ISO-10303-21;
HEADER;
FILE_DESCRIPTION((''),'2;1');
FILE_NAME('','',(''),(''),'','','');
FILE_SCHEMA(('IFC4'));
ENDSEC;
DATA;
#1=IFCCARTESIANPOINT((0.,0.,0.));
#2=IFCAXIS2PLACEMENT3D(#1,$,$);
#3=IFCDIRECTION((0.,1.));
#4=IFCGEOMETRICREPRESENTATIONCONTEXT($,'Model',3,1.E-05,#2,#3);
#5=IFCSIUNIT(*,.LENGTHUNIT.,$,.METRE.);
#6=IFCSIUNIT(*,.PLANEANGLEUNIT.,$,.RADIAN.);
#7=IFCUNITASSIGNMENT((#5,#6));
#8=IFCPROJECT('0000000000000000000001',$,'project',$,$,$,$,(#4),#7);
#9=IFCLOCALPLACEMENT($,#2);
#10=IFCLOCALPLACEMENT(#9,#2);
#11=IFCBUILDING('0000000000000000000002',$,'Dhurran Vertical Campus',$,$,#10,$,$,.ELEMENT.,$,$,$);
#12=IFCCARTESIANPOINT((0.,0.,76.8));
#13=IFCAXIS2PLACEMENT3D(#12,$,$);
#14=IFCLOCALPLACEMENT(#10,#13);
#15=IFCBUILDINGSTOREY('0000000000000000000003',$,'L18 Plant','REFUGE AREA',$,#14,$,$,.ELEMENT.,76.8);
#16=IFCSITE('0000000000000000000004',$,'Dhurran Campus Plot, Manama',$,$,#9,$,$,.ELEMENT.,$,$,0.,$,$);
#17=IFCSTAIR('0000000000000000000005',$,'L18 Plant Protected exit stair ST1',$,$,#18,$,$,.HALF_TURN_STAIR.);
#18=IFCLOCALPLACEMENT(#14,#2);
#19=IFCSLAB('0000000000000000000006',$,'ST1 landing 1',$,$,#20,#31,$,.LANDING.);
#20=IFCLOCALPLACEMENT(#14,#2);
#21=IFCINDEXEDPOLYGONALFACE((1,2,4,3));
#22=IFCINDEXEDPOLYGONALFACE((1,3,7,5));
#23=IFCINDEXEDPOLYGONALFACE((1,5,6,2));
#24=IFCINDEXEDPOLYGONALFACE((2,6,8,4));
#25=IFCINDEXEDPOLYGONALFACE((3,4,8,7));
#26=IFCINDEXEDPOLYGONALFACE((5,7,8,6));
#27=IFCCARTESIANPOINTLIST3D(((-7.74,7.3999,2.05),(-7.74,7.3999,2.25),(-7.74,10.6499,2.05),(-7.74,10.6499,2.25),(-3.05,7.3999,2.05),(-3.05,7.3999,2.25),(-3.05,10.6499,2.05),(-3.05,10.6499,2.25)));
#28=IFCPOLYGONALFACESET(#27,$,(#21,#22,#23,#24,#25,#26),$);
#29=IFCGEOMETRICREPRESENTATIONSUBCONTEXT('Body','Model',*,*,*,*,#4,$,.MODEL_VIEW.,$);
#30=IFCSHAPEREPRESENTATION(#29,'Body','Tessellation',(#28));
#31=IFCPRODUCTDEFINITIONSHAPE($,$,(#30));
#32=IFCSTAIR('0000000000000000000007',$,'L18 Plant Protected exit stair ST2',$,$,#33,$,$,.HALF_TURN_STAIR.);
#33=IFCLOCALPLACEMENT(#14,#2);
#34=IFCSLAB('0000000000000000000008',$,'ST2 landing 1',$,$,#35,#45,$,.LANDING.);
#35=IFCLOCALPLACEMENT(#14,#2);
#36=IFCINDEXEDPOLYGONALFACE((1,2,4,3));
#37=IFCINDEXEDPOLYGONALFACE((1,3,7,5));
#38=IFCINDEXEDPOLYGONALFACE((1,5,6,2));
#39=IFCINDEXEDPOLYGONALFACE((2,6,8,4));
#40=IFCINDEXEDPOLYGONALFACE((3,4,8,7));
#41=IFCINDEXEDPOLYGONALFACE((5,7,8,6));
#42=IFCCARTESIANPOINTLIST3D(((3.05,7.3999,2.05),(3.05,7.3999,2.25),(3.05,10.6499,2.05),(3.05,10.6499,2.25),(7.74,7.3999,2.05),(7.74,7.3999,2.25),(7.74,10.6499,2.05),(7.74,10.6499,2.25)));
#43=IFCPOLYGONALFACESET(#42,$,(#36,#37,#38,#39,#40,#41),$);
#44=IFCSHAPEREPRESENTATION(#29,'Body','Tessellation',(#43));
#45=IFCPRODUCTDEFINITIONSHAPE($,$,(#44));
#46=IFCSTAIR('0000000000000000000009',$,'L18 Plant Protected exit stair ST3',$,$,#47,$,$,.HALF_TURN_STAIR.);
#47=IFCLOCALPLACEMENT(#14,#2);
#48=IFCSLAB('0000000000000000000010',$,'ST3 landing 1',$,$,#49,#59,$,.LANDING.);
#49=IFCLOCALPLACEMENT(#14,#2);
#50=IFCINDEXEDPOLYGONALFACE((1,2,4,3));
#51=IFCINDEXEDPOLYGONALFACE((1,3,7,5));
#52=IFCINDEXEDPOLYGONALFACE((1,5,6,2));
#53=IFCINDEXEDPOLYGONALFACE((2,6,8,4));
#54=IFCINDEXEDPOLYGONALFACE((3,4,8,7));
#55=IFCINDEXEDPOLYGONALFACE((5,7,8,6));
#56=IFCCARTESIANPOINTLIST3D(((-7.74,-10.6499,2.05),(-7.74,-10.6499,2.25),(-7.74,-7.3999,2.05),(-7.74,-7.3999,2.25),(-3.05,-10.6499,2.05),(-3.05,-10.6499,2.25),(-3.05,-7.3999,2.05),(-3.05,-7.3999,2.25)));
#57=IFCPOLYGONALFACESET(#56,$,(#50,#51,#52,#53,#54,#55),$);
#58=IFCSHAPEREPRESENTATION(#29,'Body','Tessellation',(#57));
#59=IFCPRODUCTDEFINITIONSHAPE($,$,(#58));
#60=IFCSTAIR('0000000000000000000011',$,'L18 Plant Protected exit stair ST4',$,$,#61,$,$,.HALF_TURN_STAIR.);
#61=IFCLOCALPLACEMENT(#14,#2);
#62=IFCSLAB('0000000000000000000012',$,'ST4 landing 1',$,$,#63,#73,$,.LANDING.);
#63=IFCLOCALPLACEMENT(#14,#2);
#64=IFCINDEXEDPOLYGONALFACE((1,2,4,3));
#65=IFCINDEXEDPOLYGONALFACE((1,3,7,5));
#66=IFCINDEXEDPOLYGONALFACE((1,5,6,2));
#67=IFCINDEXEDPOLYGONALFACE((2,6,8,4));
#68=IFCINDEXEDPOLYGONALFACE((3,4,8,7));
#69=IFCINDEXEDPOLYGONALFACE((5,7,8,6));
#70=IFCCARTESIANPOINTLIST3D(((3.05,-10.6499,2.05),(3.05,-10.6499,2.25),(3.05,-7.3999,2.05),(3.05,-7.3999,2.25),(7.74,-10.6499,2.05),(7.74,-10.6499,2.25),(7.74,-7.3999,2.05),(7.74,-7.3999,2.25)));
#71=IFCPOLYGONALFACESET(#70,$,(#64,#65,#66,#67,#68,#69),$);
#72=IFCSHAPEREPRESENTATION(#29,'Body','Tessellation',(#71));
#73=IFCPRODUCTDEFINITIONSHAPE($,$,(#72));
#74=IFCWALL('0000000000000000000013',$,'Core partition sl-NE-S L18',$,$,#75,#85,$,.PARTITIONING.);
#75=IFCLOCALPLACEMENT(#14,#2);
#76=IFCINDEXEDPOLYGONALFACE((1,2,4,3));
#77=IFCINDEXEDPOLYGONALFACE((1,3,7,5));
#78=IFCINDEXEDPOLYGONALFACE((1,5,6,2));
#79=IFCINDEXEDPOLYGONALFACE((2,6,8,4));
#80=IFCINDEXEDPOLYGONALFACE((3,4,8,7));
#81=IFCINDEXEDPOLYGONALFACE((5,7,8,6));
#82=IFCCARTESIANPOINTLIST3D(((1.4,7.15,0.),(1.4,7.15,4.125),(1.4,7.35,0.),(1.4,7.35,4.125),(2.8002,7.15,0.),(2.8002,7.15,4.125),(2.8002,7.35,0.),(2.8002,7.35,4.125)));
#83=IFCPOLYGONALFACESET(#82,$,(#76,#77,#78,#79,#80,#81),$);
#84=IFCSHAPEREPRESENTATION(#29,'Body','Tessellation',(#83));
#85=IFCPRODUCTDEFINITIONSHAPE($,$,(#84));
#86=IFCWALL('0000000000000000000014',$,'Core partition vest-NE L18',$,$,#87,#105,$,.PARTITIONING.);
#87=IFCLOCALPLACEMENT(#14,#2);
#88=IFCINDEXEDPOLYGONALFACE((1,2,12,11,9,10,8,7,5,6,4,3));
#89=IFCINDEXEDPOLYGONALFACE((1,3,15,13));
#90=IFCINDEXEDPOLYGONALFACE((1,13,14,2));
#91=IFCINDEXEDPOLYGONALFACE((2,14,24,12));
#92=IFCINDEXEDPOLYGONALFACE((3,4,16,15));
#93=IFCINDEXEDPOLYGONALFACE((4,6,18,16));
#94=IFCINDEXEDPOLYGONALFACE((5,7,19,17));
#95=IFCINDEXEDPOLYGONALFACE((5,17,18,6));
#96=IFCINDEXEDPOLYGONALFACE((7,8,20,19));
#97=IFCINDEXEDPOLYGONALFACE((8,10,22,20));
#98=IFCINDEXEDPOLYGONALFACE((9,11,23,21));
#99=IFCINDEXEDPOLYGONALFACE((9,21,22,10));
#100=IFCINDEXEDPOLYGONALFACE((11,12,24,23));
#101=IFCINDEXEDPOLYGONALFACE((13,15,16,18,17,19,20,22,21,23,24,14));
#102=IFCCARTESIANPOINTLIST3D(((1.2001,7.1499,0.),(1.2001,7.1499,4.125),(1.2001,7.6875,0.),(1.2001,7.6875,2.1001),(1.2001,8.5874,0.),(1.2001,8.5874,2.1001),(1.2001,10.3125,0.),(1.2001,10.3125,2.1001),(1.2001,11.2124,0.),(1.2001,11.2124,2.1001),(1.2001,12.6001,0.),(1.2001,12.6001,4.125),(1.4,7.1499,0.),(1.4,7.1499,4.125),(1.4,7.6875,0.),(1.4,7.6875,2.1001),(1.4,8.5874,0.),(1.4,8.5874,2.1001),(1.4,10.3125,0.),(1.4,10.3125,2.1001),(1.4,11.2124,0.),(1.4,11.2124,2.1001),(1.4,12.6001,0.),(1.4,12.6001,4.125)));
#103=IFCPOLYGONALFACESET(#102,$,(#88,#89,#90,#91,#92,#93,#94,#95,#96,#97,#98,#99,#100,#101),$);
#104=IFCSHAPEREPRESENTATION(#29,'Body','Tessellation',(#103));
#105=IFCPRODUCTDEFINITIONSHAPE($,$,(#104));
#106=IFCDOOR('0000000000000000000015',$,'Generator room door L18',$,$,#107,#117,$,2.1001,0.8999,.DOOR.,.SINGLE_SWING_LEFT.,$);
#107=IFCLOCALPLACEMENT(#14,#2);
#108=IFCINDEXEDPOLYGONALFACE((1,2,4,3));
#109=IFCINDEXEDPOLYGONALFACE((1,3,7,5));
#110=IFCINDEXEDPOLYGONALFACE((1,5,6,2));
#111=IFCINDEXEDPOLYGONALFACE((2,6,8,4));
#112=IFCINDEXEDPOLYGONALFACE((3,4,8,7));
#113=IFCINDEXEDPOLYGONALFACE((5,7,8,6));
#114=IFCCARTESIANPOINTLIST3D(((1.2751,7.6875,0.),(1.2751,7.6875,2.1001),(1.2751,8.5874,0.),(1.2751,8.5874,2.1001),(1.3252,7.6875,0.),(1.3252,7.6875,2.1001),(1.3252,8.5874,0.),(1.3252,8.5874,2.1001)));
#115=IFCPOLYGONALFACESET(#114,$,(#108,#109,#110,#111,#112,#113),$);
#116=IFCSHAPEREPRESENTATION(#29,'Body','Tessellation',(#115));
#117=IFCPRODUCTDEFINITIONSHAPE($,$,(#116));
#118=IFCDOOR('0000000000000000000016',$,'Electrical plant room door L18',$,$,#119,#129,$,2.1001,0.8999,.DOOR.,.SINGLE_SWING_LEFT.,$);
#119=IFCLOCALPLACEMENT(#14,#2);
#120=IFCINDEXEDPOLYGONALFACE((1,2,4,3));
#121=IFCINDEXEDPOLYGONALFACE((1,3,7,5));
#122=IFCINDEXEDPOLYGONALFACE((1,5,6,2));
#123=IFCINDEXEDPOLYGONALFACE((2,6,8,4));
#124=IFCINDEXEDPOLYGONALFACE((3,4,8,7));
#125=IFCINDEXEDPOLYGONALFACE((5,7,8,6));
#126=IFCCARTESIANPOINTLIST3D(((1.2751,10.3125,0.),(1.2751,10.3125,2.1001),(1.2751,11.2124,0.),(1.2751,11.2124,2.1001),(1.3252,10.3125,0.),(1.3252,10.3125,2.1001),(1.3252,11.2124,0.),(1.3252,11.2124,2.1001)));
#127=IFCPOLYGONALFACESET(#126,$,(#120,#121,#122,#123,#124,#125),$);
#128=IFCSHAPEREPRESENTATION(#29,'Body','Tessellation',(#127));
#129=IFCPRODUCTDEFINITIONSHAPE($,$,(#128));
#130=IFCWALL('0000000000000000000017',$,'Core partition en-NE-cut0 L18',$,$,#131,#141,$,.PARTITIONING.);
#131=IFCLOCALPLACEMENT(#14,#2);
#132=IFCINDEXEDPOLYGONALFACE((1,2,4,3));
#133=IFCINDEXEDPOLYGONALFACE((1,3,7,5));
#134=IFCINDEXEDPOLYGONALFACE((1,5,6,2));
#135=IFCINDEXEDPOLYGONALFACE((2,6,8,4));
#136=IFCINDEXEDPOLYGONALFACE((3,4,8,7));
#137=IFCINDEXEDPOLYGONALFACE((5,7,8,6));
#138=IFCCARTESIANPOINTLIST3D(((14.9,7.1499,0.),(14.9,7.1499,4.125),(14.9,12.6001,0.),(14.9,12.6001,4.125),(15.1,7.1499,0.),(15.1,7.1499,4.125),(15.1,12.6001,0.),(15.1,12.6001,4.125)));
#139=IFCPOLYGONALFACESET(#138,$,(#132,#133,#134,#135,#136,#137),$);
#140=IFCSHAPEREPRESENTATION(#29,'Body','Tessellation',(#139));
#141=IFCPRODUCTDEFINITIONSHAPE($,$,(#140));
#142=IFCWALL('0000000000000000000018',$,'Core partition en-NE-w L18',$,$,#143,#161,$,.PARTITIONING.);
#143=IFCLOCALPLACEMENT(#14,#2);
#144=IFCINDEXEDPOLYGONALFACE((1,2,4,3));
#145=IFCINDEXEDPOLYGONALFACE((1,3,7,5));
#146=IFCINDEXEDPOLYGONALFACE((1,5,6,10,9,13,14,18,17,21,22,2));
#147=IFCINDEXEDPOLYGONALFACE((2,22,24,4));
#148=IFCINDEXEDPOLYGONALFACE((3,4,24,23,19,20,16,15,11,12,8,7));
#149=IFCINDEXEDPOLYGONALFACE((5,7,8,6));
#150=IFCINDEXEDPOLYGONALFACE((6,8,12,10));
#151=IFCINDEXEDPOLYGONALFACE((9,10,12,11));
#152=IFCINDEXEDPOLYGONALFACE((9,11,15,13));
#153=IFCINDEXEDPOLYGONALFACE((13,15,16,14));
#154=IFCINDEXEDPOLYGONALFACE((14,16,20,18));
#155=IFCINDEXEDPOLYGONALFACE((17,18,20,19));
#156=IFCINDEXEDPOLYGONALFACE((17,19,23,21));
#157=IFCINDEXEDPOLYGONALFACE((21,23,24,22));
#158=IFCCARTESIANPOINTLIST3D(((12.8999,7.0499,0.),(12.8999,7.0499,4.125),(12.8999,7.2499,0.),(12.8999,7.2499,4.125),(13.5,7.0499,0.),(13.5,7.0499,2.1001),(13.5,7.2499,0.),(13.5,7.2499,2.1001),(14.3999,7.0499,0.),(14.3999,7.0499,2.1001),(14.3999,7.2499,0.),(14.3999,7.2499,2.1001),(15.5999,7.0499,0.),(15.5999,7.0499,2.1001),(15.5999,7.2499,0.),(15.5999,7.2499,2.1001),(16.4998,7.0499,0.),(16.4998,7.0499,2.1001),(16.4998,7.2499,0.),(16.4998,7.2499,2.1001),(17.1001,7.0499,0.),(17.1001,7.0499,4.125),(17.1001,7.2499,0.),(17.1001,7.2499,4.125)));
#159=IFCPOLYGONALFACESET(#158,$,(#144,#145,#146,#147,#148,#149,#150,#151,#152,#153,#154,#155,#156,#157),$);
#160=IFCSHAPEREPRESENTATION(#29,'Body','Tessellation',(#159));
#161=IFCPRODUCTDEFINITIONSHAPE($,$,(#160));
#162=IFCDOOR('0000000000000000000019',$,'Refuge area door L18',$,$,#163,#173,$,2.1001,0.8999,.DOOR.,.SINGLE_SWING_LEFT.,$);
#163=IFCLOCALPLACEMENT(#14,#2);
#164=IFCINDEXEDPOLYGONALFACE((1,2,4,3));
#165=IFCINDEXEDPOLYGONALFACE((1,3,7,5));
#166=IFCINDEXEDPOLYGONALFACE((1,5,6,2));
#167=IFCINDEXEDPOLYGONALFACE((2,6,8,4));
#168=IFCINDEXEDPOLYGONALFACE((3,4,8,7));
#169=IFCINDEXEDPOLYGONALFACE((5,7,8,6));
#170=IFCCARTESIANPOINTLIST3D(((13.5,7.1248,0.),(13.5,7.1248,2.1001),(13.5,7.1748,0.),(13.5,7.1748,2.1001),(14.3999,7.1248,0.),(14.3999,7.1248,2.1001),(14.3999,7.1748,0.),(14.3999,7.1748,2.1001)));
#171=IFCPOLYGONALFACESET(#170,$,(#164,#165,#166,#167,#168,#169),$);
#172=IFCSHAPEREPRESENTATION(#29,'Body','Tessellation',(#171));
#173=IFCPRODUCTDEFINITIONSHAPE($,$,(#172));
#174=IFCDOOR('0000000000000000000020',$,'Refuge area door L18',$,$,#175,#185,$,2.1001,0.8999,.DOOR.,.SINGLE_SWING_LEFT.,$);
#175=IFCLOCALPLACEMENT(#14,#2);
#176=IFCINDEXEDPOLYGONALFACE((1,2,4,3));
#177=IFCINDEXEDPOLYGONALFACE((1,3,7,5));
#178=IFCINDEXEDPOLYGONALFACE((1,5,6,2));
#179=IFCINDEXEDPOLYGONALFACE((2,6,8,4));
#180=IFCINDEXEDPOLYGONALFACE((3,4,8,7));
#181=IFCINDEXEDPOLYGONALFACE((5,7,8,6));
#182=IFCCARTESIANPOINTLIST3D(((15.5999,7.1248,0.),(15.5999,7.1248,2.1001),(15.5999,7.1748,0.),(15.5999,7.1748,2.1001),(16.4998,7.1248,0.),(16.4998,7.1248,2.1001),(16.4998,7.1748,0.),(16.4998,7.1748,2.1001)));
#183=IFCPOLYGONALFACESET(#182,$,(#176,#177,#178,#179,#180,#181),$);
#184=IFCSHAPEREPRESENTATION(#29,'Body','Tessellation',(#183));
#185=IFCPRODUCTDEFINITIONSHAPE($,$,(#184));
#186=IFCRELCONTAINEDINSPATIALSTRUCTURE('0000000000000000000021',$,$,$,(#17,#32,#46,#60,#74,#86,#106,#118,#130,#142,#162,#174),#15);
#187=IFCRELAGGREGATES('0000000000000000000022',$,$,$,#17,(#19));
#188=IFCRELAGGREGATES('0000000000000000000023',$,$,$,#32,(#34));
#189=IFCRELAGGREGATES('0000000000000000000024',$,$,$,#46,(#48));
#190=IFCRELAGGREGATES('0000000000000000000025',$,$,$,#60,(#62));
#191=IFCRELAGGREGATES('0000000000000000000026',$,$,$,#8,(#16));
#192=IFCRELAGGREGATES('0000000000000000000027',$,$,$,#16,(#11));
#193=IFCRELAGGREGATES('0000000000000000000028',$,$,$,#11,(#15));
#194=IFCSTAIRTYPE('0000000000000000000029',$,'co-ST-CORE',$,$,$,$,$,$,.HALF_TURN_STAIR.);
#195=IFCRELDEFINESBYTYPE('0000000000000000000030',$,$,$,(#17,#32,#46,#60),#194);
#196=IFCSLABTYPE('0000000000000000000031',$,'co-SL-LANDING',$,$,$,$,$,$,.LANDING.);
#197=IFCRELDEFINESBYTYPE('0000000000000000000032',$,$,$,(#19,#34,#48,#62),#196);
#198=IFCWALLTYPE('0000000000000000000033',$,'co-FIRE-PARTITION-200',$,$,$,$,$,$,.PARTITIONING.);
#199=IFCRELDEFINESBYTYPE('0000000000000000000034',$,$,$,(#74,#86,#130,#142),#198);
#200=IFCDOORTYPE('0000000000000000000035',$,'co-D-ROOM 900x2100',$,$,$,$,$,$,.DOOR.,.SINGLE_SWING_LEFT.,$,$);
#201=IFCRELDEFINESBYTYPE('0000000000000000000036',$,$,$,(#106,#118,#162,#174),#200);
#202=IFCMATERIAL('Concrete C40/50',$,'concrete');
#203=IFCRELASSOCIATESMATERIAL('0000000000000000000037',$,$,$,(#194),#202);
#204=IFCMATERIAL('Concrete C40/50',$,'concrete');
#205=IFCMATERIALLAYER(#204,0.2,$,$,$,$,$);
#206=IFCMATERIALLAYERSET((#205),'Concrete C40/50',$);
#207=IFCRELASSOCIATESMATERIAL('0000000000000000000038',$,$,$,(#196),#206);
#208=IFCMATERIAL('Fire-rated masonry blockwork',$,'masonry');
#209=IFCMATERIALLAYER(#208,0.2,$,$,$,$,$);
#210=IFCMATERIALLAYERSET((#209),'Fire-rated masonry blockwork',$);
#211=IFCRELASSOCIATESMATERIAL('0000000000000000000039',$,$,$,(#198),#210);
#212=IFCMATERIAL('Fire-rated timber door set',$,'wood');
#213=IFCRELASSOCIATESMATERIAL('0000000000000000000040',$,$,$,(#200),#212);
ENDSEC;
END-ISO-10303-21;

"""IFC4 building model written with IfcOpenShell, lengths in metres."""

from ifc_helpers import new_model, si_unit, direction, frame, frame_2d, origin, place, context, subcontext, project, spatial, polyline, rectangle, outline, extrude, material, layer, layer_set, type_object, element, fill, aggregate, save


model = new_model("IFC4")

# Units and contexts
model_context = context("Model", 3, precision=1e-05, world=origin(), true_north=direction((0.0, 1.0)))
body_context = subcontext(model_context, "Body", "Model", "MODEL_VIEW")
ifc_project = project(units=[si_unit("LENGTHUNIT", "METRE"), si_unit("PLANEANGLEUNIT", "RADIAN")], contexts=[model_context])

# Site, building, storey
site_placement = place(None, origin())
site = spatial("IfcSite", under=ifc_project, at=site_placement, Name="Dhurran Campus Plot, Manama", CompositionType="ELEMENT", RefElevation=0.0)
building_placement = place(site_placement, origin())
building = spatial("IfcBuilding", under=site, at=building_placement, Name="Dhurran Vertical Campus", CompositionType="ELEMENT")
storey_placement = place(building_placement, frame((0.0, 0.0, 76.8)))
storey = spatial("IfcBuildingStorey", under=building, at=storey_placement, Name="L18 Plant", Description="REFUGE AREA", CompositionType="ELEMENT", Elevation=76.8)

# Stairs, slabs
ifc_material_1 = material(Name="Concrete C40/50", Category="concrete")
stair_type = type_object("IfcStairType", Name="co-ST-CORE", PredefinedType="HALF_TURN_STAIR", material=ifc_material_1)
stair_1_placement = place(storey_placement, origin())
stair_1 = element("IfcStair", 1, at=stair_1_placement, inside=storey, type_object=stair_type, Name="L18 Plant Protected exit stair ST1", PredefinedType="HALF_TURN_STAIR")
ifc_material_2 = material(Name="Concrete C40/50", Category="concrete")
ifc_layer_1 = layer(ifc_material_2, 0.2)
ifc_layer_set_1 = layer_set([ifc_layer_1], Name="Concrete C40/50")
slab_type = type_object("IfcSlabType", Name="co-SL-LANDING", PredefinedType="LANDING", material=ifc_layer_set_1)
slab_1_placement = place(storey_placement, frame((0.0, 0.0, 2.05)))
slab_1 = element("IfcSlab", 2, at=slab_1_placement, type_object=slab_type, Name="ST1 landing 1", PredefinedType="LANDING", context=body_context, shape_type="SweptSolid", body=[
    extrude(outline(polyline([(-7.74, 7.3999), (-3.05, 7.3999), (-3.05, 10.6499), (-7.74, 10.6499), (-7.74, 7.3999)])), origin(), (0.0, 0.0, 1.0), 0.2),
])
aggregate(stair_1, [slab_1])
stair_2_placement = place(storey_placement, origin())
stair_2 = element("IfcStair", 3, at=stair_2_placement, inside=storey, type_object=stair_type, Name="L18 Plant Protected exit stair ST2", PredefinedType="HALF_TURN_STAIR")
slab_2_placement = place(storey_placement, frame((0.0, 0.0, 2.05)))
slab_2 = element("IfcSlab", 4, at=slab_2_placement, type_object=slab_type, Name="ST2 landing 1", PredefinedType="LANDING", context=body_context, shape_type="SweptSolid", body=[
    extrude(outline(polyline([(7.74, 10.6499), (3.05, 10.6499), (3.05, 7.3999), (7.74, 7.3999), (7.74, 10.6499)])), origin(), (0.0, 0.0, 1.0), 0.2),
])
aggregate(stair_2, [slab_2])
stair_3_placement = place(storey_placement, origin())
stair_3 = element("IfcStair", 5, at=stair_3_placement, inside=storey, type_object=stair_type, Name="L18 Plant Protected exit stair ST3", PredefinedType="HALF_TURN_STAIR")
slab_3_placement = place(storey_placement, frame((0.0, 0.0, 2.05)))
slab_3 = element("IfcSlab", 6, at=slab_3_placement, type_object=slab_type, Name="ST3 landing 1", PredefinedType="LANDING", context=body_context, shape_type="SweptSolid", body=[
    extrude(outline(polyline([(-7.74, -10.6499), (-3.05, -10.6499), (-3.05, -7.3999), (-7.74, -7.3999), (-7.74, -10.6499)])), origin(), (0.0, 0.0, 1.0), 0.2),
])
aggregate(stair_3, [slab_3])
stair_4_placement = place(storey_placement, origin())
stair_4 = element("IfcStair", 7, at=stair_4_placement, inside=storey, type_object=stair_type, Name="L18 Plant Protected exit stair ST4", PredefinedType="HALF_TURN_STAIR")
slab_4_placement = place(storey_placement, frame((0.0, 0.0, 2.05)))
slab_4 = element("IfcSlab", 8, at=slab_4_placement, type_object=slab_type, Name="ST4 landing 1", PredefinedType="LANDING", context=body_context, shape_type="SweptSolid", body=[
    extrude(outline(polyline([(7.74, -7.3999), (3.05, -7.3999), (3.05, -10.6499), (7.74, -10.6499), (7.74, -7.3999)])), origin(), (0.0, 0.0, 1.0), 0.2),
])
aggregate(stair_4, [slab_4])

# Wall
ifc_material_3 = material(Name="Fire-rated masonry blockwork", Category="masonry")
ifc_layer_2 = layer(ifc_material_3, 0.2)
ifc_layer_set_2 = layer_set([ifc_layer_2], Name="Fire-rated masonry blockwork")
wall_type_1 = type_object("IfcWallType", Name="co-FIRE-PARTITION-200", PredefinedType="PARTITIONING", material=ifc_layer_set_2)
wall_1_placement = place(storey_placement, frame((1.3999, 7.25, 0.0), z_axis=(0.0, 0.0, 1.0), x_axis=(1.0, 0.0, 0.0)))
element("IfcWall", 9, at=wall_1_placement, inside=storey, type_object=wall_type_1, Name="Core partition sl-NE-S L18", PredefinedType="PARTITIONING", context=body_context, shape_type="SweptSolid", body=[
    extrude(rectangle(XDim=1.4001, YDim=0.2, at=frame_2d((0.7002, 0.0))), origin(), (0.0, 0.0, 1.0), 4.125),
])

# Wall, openings, doors
wall_2_placement = place(storey_placement, frame((1.3, 7.1499, 0.0), z_axis=(0.0, 0.0, 1.0), x_axis=(0.0, 1.0, 0.0)))
wall_2 = element("IfcWall", 10, at=wall_2_placement, inside=storey, type_object=wall_type_1, Name="Core partition vest-NE L18", PredefinedType="PARTITIONING", context=body_context, shape_type="SweptSolid", body=[
    extrude(rectangle(XDim=5.4502, YDim=0.2, at=frame_2d((2.7251, 0.0))), origin(), (0.0, 0.0, 1.0), 4.125),
])
opening_1_placement = place(wall_2_placement, frame((0.5376, 0.0, 0.0)))
opening_1 = element("IfcOpeningElement", 11, at=opening_1_placement, cuts=wall_2, PredefinedType="OPENING", context=body_context, shape_type="SweptSolid", body=[
    extrude(rectangle(XDim=0.8999, YDim=2.1001, at=frame_2d((0.45, 1.05))), frame((0.0, 0.1099, 0.0), z_axis=(0.0, -1.0, 0.0), x_axis=(1.0, 0.0, 0.0)), (0.0, 0.0, 1.0), 0.22),
])
opening_2_placement = place(wall_2_placement, frame((3.1626, 0.0, 0.0)))
opening_2 = element("IfcOpeningElement", 12, at=opening_2_placement, cuts=wall_2, PredefinedType="OPENING", context=body_context, shape_type="SweptSolid", body=[
    extrude(rectangle(XDim=0.8999, YDim=2.1001, at=frame_2d((0.45, 1.05))), frame((0.0, 0.1099, 0.0), z_axis=(0.0, -1.0, 0.0), x_axis=(1.0, 0.0, 0.0)), (0.0, 0.0, 1.0), 0.22),
])
ifc_material_4 = material(Name="Fire-rated timber door set", Category="wood")
door_type_1 = type_object("IfcDoorType", Name="co-D-ROOM 900x2100", OperationType="SINGLE_SWING_LEFT", PredefinedType="DOOR", material=ifc_material_4)
door_1_placement = place(opening_1_placement, origin())
door_1 = element("IfcDoor", 13, at=door_1_placement, inside=storey, type_object=door_type_1, Name="Generator room door L18", OperationType="SINGLE_SWING_LEFT", OverallHeight=2.1001, OverallWidth=0.8999, PredefinedType="DOOR", context=body_context, shape_type="SweptSolid", body=[
    extrude(rectangle(XDim=0.8999, YDim=2.1001, at=frame_2d((0.45, 1.05))), frame((0.0, 0.0249, 0.0), z_axis=(0.0, -1.0, 0.0), x_axis=(1.0, 0.0, 0.0)), (0.0, 0.0, 1.0), 0.05),
])
fill(opening_1, door_1)
door_2_placement = place(opening_2_placement, origin())
door_2 = element("IfcDoor", 14, at=door_2_placement, inside=storey, type_object=door_type_1, Name="Electrical plant room door L18", OperationType="SINGLE_SWING_LEFT", OverallHeight=2.1001, OverallWidth=0.8999, PredefinedType="DOOR", context=body_context, shape_type="SweptSolid", body=[
    extrude(rectangle(XDim=0.8999, YDim=2.1001, at=frame_2d((0.45, 1.05))), frame((0.0, 0.0249, 0.0), z_axis=(0.0, -1.0, 0.0), x_axis=(1.0, 0.0, 0.0)), (0.0, 0.0, 1.0), 0.05),
])
fill(opening_2, door_2)

# Wall
wall_3_placement = place(storey_placement, frame((15.0, 7.1499, 0.0), z_axis=(0.0, 0.0, 1.0), x_axis=(0.0, 1.0, 0.0)))
element("IfcWall", 15, at=wall_3_placement, inside=storey, type_object=wall_type_1, Name="Core partition en-NE-cut0 L18", PredefinedType="PARTITIONING", context=body_context, shape_type="SweptSolid", body=[
    extrude(rectangle(XDim=5.4502, YDim=0.2, at=frame_2d((2.7251, 0.0))), origin(), (0.0, 0.0, 1.0), 4.125),
])

# Wall, openings, doors
wall_4_placement = place(storey_placement, frame((12.8999, 7.1499, 0.0), z_axis=(0.0, 0.0, 1.0), x_axis=(1.0, 0.0, 0.0)))
wall_4 = element("IfcWall", 16, at=wall_4_placement, inside=storey, type_object=wall_type_1, Name="Core partition en-NE-w L18", PredefinedType="PARTITIONING", context=body_context, shape_type="SweptSolid", body=[
    extrude(rectangle(XDim=4.2002, YDim=0.2, at=frame_2d((2.1001, 0.0))), origin(), (0.0, 0.0, 1.0), 4.125),
])
opening_3_placement = place(wall_4_placement, frame((0.6001, 0.0, 0.0)))
opening_3 = element("IfcOpeningElement", 17, at=opening_3_placement, cuts=wall_4, PredefinedType="OPENING", context=body_context, shape_type="SweptSolid", body=[
    extrude(rectangle(XDim=0.8999, YDim=2.1001, at=frame_2d((0.45, 1.05))), frame((0.0, 0.1099, 0.0), z_axis=(0.0, -1.0, 0.0), x_axis=(1.0, 0.0, 0.0)), (0.0, 0.0, 1.0), 0.22),
])
opening_4_placement = place(wall_4_placement, frame((2.7, 0.0, 0.0)))
opening_4 = element("IfcOpeningElement", 18, at=opening_4_placement, cuts=wall_4, PredefinedType="OPENING", context=body_context, shape_type="SweptSolid", body=[
    extrude(rectangle(XDim=0.8999, YDim=2.1001, at=frame_2d((0.45, 1.05))), frame((0.0, 0.1099, 0.0), z_axis=(0.0, -1.0, 0.0), x_axis=(1.0, 0.0, 0.0)), (0.0, 0.0, 1.0), 0.22),
])
door_3_placement = place(opening_3_placement, origin())
door_3 = element("IfcDoor", 19, at=door_3_placement, inside=storey, type_object=door_type_1, Name="Refuge area door L18", OperationType="SINGLE_SWING_LEFT", OverallHeight=2.1001, OverallWidth=0.8999, PredefinedType="DOOR", context=body_context, shape_type="SweptSolid", body=[
    extrude(rectangle(XDim=0.8999, YDim=2.1001, at=frame_2d((0.45, 1.05))), frame((0.0, 0.0249, 0.0), z_axis=(0.0, -1.0, 0.0), x_axis=(1.0, 0.0, 0.0)), (0.0, 0.0, 1.0), 0.05),
])
fill(opening_3, door_3)
door_4_placement = place(opening_4_placement, origin())
door_4 = element("IfcDoor", 20, at=door_4_placement, inside=storey, type_object=door_type_1, Name="Refuge area door L18", OperationType="SINGLE_SWING_LEFT", OverallHeight=2.1001, OverallWidth=0.8999, PredefinedType="DOOR", context=body_context, shape_type="SweptSolid", body=[
    extrude(rectangle(XDim=0.8999, YDim=2.1001, at=frame_2d((0.45, 1.05))), frame((0.0, 0.0249, 0.0), z_axis=(0.0, -1.0, 0.0), x_axis=(1.0, 0.0, 0.0)), (0.0, 0.0, 1.0), 0.05),
])
fill(opening_4, door_4)

save(model, "model.ifc")
